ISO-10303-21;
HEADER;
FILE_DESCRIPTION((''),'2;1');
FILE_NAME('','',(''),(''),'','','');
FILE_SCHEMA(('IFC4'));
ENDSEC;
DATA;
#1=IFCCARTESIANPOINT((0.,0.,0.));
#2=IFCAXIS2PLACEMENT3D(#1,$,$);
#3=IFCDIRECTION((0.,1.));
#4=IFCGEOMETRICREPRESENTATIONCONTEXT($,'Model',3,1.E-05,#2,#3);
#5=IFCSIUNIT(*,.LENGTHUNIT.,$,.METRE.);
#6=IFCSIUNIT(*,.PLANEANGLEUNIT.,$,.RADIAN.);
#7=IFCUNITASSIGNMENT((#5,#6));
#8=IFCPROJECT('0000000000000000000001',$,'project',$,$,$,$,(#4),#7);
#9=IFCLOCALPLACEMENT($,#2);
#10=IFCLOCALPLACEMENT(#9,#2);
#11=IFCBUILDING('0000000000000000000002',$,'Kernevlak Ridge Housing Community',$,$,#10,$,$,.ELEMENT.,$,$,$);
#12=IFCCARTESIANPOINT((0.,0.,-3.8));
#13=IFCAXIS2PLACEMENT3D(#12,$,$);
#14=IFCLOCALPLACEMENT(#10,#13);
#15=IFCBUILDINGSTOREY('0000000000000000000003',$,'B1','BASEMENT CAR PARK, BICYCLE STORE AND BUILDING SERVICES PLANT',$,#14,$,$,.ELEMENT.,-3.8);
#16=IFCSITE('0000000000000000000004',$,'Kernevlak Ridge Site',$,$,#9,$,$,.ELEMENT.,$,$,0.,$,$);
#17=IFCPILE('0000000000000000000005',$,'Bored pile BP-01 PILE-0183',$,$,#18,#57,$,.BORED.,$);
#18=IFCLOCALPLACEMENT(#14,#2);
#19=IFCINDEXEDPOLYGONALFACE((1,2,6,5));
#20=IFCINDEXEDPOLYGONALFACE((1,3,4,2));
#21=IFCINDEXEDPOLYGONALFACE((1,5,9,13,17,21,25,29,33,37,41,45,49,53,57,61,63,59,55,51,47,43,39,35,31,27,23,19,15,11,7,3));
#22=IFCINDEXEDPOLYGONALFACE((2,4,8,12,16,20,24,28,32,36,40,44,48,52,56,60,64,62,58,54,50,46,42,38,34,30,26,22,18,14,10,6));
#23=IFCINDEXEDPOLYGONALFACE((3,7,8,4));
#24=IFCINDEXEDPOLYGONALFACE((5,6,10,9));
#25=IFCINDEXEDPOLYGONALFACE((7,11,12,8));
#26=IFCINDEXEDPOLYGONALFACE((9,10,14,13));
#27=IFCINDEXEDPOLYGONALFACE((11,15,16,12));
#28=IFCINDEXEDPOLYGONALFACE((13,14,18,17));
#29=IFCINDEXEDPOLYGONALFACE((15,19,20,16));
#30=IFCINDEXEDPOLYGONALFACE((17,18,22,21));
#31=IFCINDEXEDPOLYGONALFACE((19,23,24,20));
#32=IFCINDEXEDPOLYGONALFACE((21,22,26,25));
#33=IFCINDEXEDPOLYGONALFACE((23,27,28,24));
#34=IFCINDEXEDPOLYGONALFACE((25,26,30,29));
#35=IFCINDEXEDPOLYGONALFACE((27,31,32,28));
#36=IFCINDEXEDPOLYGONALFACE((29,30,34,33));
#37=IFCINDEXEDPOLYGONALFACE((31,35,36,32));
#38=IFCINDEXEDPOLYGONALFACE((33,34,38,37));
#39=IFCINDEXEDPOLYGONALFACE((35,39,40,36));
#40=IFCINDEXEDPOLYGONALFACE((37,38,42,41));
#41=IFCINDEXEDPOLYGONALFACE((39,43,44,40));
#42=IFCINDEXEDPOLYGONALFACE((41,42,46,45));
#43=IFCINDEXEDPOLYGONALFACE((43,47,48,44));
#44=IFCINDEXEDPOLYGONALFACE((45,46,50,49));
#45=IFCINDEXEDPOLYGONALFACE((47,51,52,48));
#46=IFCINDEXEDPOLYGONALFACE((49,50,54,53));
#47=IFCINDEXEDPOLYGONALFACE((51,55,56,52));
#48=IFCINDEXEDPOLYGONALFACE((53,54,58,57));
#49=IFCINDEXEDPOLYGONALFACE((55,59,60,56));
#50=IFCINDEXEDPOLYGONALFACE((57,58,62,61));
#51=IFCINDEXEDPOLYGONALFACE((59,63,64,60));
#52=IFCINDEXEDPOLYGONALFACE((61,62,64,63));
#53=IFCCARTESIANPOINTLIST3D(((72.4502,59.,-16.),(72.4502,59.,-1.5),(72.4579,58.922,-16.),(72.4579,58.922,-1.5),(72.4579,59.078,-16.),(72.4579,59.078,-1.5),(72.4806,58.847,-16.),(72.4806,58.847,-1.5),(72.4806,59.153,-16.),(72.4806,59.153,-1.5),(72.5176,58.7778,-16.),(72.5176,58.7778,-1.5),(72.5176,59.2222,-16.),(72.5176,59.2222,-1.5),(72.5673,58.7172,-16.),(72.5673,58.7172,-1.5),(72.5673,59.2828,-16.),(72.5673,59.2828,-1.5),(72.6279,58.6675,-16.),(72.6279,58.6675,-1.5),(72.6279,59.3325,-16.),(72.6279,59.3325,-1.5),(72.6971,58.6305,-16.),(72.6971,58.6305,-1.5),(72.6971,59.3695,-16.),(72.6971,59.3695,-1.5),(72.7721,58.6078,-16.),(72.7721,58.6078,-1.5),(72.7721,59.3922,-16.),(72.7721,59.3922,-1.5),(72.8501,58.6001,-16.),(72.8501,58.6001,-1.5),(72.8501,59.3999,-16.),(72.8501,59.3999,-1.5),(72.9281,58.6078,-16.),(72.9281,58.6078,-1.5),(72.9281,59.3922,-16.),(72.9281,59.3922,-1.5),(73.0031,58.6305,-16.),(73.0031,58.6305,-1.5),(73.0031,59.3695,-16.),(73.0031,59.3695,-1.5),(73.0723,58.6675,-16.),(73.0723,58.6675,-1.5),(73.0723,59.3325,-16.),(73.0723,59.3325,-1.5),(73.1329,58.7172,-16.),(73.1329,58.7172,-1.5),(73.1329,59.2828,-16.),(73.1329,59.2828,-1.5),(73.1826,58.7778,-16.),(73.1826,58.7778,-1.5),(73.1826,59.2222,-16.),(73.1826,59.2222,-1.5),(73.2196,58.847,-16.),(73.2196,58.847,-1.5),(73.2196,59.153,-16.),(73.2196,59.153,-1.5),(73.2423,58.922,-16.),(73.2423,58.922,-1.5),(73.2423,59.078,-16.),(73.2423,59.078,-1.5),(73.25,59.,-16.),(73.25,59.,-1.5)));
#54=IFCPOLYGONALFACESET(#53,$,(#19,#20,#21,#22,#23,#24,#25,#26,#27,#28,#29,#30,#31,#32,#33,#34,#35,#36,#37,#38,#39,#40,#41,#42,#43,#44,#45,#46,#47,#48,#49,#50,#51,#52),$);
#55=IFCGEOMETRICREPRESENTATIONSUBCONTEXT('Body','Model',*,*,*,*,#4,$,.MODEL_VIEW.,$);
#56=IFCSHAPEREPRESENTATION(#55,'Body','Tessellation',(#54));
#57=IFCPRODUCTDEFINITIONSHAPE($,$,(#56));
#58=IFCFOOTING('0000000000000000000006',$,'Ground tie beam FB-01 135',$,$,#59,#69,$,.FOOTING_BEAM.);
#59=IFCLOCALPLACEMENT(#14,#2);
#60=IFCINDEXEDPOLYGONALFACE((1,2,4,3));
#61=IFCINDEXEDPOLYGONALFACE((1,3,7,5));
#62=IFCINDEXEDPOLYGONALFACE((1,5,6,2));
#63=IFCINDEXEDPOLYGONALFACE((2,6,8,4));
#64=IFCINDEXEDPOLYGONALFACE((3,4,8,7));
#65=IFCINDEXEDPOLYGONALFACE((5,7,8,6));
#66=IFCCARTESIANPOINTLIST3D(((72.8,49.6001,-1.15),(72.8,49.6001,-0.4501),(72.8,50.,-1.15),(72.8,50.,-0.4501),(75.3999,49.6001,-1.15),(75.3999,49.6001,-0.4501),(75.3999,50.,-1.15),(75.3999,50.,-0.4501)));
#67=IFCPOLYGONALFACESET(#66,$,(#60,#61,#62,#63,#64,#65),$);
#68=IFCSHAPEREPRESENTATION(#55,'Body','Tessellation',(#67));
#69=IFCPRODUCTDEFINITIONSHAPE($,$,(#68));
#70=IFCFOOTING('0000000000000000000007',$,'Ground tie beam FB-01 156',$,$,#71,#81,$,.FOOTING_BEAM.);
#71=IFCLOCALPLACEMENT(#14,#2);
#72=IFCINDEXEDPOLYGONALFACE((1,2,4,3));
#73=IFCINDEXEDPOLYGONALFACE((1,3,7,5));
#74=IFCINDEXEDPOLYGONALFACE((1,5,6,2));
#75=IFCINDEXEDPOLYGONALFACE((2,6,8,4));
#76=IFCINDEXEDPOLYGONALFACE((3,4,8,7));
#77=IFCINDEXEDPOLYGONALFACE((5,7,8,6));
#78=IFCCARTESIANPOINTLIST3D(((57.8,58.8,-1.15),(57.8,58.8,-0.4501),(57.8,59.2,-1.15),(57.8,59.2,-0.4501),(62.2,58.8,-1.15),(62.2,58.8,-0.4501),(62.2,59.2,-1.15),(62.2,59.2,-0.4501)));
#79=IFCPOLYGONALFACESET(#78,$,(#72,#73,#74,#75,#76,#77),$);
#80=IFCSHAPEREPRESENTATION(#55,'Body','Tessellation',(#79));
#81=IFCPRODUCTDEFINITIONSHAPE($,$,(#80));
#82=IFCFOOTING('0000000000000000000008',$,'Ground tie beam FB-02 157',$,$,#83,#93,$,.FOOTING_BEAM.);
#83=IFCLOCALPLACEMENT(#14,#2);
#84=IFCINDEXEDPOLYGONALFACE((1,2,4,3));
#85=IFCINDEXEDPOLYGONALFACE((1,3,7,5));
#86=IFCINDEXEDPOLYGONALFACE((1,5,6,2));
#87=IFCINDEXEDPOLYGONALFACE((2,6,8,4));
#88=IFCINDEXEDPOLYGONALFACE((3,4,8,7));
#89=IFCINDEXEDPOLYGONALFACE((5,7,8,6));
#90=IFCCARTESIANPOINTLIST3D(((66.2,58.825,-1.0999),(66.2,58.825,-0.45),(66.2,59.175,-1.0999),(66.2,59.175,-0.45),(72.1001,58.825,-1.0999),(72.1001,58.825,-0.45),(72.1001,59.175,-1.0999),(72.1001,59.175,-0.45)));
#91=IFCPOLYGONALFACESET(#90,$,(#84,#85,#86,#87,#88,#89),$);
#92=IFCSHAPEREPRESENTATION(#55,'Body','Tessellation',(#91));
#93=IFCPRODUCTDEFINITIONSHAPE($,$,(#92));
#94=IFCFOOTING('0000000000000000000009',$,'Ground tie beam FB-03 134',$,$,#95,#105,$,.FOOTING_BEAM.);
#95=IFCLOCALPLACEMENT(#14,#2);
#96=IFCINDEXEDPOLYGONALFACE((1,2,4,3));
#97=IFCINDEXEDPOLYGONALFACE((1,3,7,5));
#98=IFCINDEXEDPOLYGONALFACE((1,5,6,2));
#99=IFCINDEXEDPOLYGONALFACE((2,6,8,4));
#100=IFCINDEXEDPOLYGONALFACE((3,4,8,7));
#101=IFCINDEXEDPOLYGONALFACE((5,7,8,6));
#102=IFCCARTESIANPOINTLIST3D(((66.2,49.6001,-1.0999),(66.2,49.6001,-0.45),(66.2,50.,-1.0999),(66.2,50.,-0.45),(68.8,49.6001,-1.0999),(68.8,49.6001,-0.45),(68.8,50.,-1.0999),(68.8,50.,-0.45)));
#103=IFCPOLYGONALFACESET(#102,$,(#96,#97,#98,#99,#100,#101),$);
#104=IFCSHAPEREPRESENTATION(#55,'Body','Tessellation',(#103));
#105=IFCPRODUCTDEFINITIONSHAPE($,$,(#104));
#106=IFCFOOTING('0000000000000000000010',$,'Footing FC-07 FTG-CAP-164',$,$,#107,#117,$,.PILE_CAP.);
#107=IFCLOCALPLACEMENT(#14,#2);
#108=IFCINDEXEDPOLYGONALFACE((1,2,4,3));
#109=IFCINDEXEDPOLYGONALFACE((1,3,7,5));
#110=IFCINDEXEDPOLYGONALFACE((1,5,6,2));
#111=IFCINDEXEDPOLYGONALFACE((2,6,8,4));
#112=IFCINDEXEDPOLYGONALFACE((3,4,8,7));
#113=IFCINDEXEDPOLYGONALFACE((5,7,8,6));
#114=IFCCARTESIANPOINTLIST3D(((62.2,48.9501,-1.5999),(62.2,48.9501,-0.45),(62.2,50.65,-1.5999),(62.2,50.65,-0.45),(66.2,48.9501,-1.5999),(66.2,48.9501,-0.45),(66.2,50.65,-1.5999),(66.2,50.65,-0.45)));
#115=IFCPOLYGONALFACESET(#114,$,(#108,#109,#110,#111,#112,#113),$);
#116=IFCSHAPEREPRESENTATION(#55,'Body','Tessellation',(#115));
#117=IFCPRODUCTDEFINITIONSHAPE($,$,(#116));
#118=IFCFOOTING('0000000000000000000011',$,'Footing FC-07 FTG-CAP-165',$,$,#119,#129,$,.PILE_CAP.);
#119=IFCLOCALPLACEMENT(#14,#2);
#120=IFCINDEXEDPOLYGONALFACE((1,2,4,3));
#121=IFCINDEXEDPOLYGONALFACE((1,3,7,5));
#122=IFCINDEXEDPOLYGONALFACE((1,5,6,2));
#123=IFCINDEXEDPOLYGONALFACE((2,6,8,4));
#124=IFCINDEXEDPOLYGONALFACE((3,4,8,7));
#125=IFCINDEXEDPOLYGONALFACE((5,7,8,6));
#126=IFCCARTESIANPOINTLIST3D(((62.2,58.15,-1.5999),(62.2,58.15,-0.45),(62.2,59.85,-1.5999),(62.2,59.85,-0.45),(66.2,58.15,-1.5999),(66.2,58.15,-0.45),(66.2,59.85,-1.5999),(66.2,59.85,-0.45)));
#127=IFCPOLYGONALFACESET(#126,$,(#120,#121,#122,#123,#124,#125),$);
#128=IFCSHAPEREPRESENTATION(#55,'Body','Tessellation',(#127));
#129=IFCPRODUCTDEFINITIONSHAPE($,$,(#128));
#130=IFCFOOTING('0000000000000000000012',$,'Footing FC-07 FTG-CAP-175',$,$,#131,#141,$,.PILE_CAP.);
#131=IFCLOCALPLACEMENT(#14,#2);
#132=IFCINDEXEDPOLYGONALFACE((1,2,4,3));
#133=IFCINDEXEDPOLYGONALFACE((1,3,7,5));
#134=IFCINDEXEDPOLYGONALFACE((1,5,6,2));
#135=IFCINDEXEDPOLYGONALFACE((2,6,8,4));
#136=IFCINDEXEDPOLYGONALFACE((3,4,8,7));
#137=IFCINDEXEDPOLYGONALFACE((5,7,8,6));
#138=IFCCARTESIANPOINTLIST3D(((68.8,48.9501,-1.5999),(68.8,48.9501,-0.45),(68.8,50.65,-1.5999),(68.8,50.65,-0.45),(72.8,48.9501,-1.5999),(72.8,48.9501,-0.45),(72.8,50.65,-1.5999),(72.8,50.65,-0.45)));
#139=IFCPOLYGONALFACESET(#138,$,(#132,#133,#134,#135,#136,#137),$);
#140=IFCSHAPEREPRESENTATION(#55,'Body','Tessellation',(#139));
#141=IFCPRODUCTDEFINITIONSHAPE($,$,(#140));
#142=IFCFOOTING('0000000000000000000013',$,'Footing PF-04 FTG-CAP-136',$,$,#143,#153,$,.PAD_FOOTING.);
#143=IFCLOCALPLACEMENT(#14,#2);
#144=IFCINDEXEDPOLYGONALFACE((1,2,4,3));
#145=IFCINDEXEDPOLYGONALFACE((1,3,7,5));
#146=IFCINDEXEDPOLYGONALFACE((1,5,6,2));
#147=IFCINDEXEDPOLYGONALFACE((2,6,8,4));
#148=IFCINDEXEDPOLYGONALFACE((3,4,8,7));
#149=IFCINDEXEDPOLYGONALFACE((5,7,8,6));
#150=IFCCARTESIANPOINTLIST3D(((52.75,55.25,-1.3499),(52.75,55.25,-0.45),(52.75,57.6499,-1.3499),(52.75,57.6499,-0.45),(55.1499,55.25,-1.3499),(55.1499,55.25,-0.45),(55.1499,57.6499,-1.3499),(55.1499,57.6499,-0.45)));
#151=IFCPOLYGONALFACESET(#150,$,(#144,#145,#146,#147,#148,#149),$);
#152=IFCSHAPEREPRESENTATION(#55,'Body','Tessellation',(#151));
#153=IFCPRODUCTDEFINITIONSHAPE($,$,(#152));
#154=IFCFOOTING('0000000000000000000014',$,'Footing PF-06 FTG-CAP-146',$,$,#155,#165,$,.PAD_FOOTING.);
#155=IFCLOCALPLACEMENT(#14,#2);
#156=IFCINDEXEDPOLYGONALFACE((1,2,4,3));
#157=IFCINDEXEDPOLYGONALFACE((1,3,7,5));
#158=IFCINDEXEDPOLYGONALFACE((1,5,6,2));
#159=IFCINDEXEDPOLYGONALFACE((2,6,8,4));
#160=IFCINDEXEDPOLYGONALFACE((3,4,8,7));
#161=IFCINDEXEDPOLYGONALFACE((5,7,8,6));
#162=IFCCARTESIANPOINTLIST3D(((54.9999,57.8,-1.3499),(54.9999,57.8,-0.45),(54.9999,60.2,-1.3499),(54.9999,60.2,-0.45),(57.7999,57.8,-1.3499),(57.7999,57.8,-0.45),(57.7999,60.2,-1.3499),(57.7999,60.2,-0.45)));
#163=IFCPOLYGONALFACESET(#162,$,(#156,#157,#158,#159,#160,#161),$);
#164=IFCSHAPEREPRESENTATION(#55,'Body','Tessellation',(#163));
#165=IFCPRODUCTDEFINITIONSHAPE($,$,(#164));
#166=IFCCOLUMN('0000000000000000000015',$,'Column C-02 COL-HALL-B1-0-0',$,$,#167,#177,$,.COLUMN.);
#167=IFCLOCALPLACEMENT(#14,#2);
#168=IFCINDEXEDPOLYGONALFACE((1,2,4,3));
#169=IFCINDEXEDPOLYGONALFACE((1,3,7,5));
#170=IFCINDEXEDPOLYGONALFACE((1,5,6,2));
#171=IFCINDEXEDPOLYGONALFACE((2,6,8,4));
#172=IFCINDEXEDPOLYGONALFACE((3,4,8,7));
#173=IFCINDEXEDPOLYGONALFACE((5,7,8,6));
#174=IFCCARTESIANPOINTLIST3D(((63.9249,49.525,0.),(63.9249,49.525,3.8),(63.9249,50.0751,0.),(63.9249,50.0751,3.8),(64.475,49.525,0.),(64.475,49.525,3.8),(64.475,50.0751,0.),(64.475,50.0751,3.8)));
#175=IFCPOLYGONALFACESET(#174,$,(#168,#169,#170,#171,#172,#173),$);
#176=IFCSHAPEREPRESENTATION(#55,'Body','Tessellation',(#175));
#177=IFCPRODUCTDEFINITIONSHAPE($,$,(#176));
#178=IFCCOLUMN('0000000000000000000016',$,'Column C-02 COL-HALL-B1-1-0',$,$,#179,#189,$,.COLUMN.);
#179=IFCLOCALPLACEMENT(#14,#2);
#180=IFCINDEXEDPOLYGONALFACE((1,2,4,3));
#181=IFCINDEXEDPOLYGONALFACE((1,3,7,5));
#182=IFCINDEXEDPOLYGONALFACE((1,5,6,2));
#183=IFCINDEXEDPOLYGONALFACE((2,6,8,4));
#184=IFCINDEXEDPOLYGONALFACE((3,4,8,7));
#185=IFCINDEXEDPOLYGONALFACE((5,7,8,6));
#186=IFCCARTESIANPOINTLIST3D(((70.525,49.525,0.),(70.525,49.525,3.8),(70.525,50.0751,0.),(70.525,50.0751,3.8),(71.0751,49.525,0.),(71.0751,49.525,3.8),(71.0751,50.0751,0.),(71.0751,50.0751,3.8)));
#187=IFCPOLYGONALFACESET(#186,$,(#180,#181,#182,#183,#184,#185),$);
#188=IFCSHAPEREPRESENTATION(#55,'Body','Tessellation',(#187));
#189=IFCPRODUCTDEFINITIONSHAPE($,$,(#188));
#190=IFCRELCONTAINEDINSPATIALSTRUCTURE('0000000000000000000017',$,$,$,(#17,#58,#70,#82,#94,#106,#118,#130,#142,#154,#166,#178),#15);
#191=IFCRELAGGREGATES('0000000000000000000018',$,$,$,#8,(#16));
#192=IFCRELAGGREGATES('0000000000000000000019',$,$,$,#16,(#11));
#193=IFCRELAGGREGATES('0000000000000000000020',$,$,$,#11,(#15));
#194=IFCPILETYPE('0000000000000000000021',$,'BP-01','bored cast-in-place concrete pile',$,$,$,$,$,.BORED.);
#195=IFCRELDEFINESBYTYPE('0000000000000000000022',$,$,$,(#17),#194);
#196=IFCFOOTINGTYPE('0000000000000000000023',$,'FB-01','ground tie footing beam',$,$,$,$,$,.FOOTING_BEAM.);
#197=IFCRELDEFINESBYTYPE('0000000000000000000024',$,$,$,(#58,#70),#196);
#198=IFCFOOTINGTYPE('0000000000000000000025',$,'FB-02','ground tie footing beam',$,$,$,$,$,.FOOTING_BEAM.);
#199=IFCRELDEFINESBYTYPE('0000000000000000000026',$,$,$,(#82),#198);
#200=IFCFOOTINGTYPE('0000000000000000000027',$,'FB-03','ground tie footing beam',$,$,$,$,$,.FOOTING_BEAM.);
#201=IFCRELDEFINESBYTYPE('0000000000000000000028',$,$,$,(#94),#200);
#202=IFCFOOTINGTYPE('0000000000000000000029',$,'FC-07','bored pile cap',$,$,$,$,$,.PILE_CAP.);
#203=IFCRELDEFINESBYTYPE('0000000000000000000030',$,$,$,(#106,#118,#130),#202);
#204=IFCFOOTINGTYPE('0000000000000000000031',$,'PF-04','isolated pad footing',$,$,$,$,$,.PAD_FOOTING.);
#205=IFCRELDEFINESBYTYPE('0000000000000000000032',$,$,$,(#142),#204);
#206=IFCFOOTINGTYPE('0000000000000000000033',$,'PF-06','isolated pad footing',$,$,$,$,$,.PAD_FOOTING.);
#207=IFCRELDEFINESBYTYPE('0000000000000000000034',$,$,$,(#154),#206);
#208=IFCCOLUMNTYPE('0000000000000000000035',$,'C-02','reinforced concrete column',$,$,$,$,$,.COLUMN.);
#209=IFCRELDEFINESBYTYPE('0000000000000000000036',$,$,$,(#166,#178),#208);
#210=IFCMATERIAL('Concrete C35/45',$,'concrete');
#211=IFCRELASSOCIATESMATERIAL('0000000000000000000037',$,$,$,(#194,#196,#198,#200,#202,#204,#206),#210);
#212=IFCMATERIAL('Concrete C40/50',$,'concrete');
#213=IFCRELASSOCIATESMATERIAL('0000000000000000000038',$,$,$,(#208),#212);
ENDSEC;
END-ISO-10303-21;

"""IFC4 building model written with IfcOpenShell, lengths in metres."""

from ifc_helpers import new_model, si_unit, direction, frame, origin, origin_2d, place, context, subcontext, project, spatial, rectangle, circle, extrude, material, material_profile, profile_set, type_object, element, save


model = new_model("IFC4")

# Units and contexts
model_context = context("Model", 3, precision=1e-05, world=origin(), true_north=direction((0.0, 1.0)))
body_context = subcontext(model_context, "Body", "Model", "MODEL_VIEW")
ifc_project = project(units=[si_unit("LENGTHUNIT", "METRE"), si_unit("PLANEANGLEUNIT", "RADIAN")], contexts=[model_context])

# Site, building, storey
site_placement = place(None, origin())
site = spatial("IfcSite", under=ifc_project, at=site_placement, Name="Kernevlak Ridge Site", CompositionType="ELEMENT", RefElevation=0.0)
building_placement = place(site_placement, origin())
building = spatial("IfcBuilding", under=site, at=building_placement, Name="Kernevlak Ridge Housing Community", CompositionType="ELEMENT")
storey_placement = place(building_placement, frame((0.0, 0.0, -3.8)))
storey = spatial("IfcBuildingStorey", under=building, at=storey_placement, Name="B1", Description="BASEMENT CAR PARK, BICYCLE STORE AND BUILDING SERVICES PLANT", CompositionType="ELEMENT", Elevation=-3.8)

# Pile
ifc_material_1 = material(Name="Concrete C35/45", Category="concrete")
ifc_material_profile_1 = material_profile(ifc_material_1, circle(Radius=0.3999, at=origin_2d()), Name="BORED PILE 800")
ifc_profile_set_1 = profile_set([ifc_material_profile_1], Name="Concrete C35/45")
pile_type = type_object("IfcPileType", Name="BP-01", Description="bored cast-in-place concrete pile", PredefinedType="BORED", material=ifc_profile_set_1)
for number, where, z_axis, x_axis, name in (
    (1, (72.8501, 59.0, -1.5), (0.0, 0.0, -1.0), (1.0, 0.0, 0.0), "Bored pile BP-01 PILE-0183"),
):
    element("IfcPile", number, at=place(storey_placement, frame(where, z_axis=z_axis, x_axis=x_axis)), inside=storey, type_object=pile_type, Name=name, PredefinedType="BORED", context=body_context, shape_type="SweptSolid", body=[
        extrude(circle(Radius=0.3999, at=origin_2d()), origin(), (0.0, 0.0, 1.0), 14.5),
    ])

# Footings
ifc_material_profile_2 = material_profile(ifc_material_1, rectangle(XDim=0.3999, YDim=0.7, at=origin_2d()), Name="RC 400x700")
ifc_profile_set_2 = profile_set([ifc_material_profile_2], Name="Concrete C35/45")
footing_type_1 = type_object("IfcFootingType", Name="FB-01", Description="ground tie footing beam", PredefinedType="FOOTING_BEAM", material=ifc_profile_set_2)
footing_1_placement = place(storey_placement, frame((72.8, 49.8, -0.8), z_axis=(1.0, 0.0, 0.0), x_axis=(0.0, 1.0, 0.0)))
element("IfcFooting", 2, at=footing_1_placement, inside=storey, type_object=footing_type_1, Name="Ground tie beam FB-01 135", PredefinedType="FOOTING_BEAM", context=body_context, shape_type="SweptSolid", body=[
    extrude(rectangle(XDim=0.3999, YDim=0.7, at=origin_2d()), origin(), (0.0, 0.0, 1.0), 2.5999),
])
footing_2_placement = place(storey_placement, frame((57.8, 59.0, -0.8), z_axis=(1.0, 0.0, 0.0), x_axis=(0.0, 1.0, 0.0)))
element("IfcFooting", 3, at=footing_2_placement, inside=storey, type_object=footing_type_1, Name="Ground tie beam FB-01 156", PredefinedType="FOOTING_BEAM", context=body_context, shape_type="SweptSolid", body=[
    extrude(rectangle(XDim=0.3999, YDim=0.7, at=origin_2d()), origin(), (0.0, 0.0, 1.0), 4.3999),
])
ifc_material_profile_3 = material_profile(ifc_material_1, rectangle(XDim=0.3501, YDim=0.6499, at=origin_2d()), Name="RC 350x650")
ifc_profile_set_3 = profile_set([ifc_material_profile_3], Name="Concrete C35/45")
footing_type_2 = type_object("IfcFootingType", Name="FB-02", Description="ground tie footing beam", PredefinedType="FOOTING_BEAM", material=ifc_profile_set_3)
footing_3_placement = place(storey_placement, frame((66.2, 59.0, -0.7749), z_axis=(1.0, 0.0, 0.0), x_axis=(0.0, 1.0, 0.0)))
element("IfcFooting", 4, at=footing_3_placement, inside=storey, type_object=footing_type_2, Name="Ground tie beam FB-02 157", PredefinedType="FOOTING_BEAM", context=body_context, shape_type="SweptSolid", body=[
    extrude(rectangle(XDim=0.3501, YDim=0.6499, at=origin_2d()), origin(), (0.0, 0.0, 1.0), 5.9001),
])
ifc_material_profile_4 = material_profile(ifc_material_1, rectangle(XDim=0.3999, YDim=0.6499, at=origin_2d()), Name="RC 400x650")
ifc_profile_set_4 = profile_set([ifc_material_profile_4], Name="Concrete C35/45")
footing_type_3 = type_object("IfcFootingType", Name="FB-03", Description="ground tie footing beam", PredefinedType="FOOTING_BEAM", material=ifc_profile_set_4)
footing_4_placement = place(storey_placement, frame((66.2, 49.8, -0.7749), z_axis=(1.0, 0.0, 0.0), x_axis=(0.0, 1.0, 0.0)))
element("IfcFooting", 5, at=footing_4_placement, inside=storey, type_object=footing_type_3, Name="Ground tie beam FB-03 134", PredefinedType="FOOTING_BEAM", context=body_context, shape_type="SweptSolid", body=[
    extrude(rectangle(XDim=0.3999, YDim=0.6499, at=origin_2d()), origin(), (0.0, 0.0, 1.0), 2.6001),
])
footing_type_4 = type_object("IfcFootingType", Name="FC-07", Description="bored pile cap", PredefinedType="PILE_CAP", material=ifc_material_1)
for number, where, z_axis, x_axis, name in (
    (6, (64.2, 49.8, -1.5999), (0.0, 0.0, 1.0), (1.0, 0.0, 0.0), "Footing FC-07 FTG-CAP-164"),
    (7, (64.2, 59.0, -1.5999), (0.0, 0.0, 1.0), (1.0, 0.0, 0.0), "Footing FC-07 FTG-CAP-165"),
    (8, (70.8, 49.8, -1.5999), (0.0, 0.0, 1.0), (1.0, 0.0, 0.0), "Footing FC-07 FTG-CAP-175"),
):
    element("IfcFooting", number, at=place(storey_placement, frame(where, z_axis=z_axis, x_axis=x_axis)), inside=storey, type_object=footing_type_4, Name=name, PredefinedType="PILE_CAP", context=body_context, shape_type="SweptSolid", body=[
        extrude(rectangle(XDim=4.0, YDim=1.7, at=origin_2d()), origin(), (0.0, 0.0, 1.0), 1.1499),
    ])
footing_type_5 = type_object("IfcFootingType", Name="PF-04", Description="isolated pad footing", PredefinedType="PAD_FOOTING", material=ifc_material_1)
footing_5_placement = place(storey_placement, frame((53.95, 56.45, -1.3499), z_axis=(0.0, 0.0, 1.0), x_axis=(1.0, 0.0, 0.0)))
element("IfcFooting", 9, at=footing_5_placement, inside=storey, type_object=footing_type_5, Name="Footing PF-04 FTG-CAP-136", PredefinedType="PAD_FOOTING", context=body_context, shape_type="SweptSolid", body=[
    extrude(rectangle(XDim=2.3999, YDim=2.3999, at=origin_2d()), origin(), (0.0, 0.0, 1.0), 0.8999),
])
footing_type_6 = type_object("IfcFootingType", Name="PF-06", Description="isolated pad footing", PredefinedType="PAD_FOOTING", material=ifc_material_1)
footing_6_placement = place(storey_placement, frame((56.3999, 59.0, -1.3499), z_axis=(0.0, 0.0, 1.0), x_axis=(1.0, 0.0, 0.0)))
element("IfcFooting", 10, at=footing_6_placement, inside=storey, type_object=footing_type_6, Name="Footing PF-06 FTG-CAP-146", PredefinedType="PAD_FOOTING", context=body_context, shape_type="SweptSolid", body=[
    extrude(rectangle(XDim=2.8, YDim=2.3999, at=origin_2d()), origin(), (0.0, 0.0, 1.0), 0.8999),
])

# Columns
ifc_material_2 = material(Name="Concrete C40/50", Category="concrete")
ifc_material_profile_5 = material_profile(ifc_material_2, rectangle(XDim=0.55, YDim=0.55, at=origin_2d()), Name="RC 550x550")
ifc_profile_set_5 = profile_set([ifc_material_profile_5], Name="Concrete C40/50")
column_type_1 = type_object("IfcColumnType", Name="C-02", Description="reinforced concrete column", PredefinedType="COLUMN", material=ifc_profile_set_5)
for number, where, z_axis, x_axis, name in (
    (11, (64.2, 49.8, 0.0), (0.0, 0.0, 1.0), (1.0, 0.0, 0.0), "Column C-02 COL-HALL-B1-0-0"),
    (12, (70.8, 49.8, 0.0), (0.0, 0.0, 1.0), (1.0, 0.0, 0.0), "Column C-02 COL-HALL-B1-1-0"),
):
    element("IfcColumn", number, at=place(storey_placement, frame(where, z_axis=z_axis, x_axis=x_axis)), inside=storey, type_object=column_type_1, Name=name, PredefinedType="COLUMN", context=body_context, shape_type="SweptSolid", body=[
        extrude(rectangle(XDim=0.55, YDim=0.55, at=origin_2d()), origin(), (0.0, 0.0, 1.0), 3.8),
    ])

save(model, "model.ifc")
